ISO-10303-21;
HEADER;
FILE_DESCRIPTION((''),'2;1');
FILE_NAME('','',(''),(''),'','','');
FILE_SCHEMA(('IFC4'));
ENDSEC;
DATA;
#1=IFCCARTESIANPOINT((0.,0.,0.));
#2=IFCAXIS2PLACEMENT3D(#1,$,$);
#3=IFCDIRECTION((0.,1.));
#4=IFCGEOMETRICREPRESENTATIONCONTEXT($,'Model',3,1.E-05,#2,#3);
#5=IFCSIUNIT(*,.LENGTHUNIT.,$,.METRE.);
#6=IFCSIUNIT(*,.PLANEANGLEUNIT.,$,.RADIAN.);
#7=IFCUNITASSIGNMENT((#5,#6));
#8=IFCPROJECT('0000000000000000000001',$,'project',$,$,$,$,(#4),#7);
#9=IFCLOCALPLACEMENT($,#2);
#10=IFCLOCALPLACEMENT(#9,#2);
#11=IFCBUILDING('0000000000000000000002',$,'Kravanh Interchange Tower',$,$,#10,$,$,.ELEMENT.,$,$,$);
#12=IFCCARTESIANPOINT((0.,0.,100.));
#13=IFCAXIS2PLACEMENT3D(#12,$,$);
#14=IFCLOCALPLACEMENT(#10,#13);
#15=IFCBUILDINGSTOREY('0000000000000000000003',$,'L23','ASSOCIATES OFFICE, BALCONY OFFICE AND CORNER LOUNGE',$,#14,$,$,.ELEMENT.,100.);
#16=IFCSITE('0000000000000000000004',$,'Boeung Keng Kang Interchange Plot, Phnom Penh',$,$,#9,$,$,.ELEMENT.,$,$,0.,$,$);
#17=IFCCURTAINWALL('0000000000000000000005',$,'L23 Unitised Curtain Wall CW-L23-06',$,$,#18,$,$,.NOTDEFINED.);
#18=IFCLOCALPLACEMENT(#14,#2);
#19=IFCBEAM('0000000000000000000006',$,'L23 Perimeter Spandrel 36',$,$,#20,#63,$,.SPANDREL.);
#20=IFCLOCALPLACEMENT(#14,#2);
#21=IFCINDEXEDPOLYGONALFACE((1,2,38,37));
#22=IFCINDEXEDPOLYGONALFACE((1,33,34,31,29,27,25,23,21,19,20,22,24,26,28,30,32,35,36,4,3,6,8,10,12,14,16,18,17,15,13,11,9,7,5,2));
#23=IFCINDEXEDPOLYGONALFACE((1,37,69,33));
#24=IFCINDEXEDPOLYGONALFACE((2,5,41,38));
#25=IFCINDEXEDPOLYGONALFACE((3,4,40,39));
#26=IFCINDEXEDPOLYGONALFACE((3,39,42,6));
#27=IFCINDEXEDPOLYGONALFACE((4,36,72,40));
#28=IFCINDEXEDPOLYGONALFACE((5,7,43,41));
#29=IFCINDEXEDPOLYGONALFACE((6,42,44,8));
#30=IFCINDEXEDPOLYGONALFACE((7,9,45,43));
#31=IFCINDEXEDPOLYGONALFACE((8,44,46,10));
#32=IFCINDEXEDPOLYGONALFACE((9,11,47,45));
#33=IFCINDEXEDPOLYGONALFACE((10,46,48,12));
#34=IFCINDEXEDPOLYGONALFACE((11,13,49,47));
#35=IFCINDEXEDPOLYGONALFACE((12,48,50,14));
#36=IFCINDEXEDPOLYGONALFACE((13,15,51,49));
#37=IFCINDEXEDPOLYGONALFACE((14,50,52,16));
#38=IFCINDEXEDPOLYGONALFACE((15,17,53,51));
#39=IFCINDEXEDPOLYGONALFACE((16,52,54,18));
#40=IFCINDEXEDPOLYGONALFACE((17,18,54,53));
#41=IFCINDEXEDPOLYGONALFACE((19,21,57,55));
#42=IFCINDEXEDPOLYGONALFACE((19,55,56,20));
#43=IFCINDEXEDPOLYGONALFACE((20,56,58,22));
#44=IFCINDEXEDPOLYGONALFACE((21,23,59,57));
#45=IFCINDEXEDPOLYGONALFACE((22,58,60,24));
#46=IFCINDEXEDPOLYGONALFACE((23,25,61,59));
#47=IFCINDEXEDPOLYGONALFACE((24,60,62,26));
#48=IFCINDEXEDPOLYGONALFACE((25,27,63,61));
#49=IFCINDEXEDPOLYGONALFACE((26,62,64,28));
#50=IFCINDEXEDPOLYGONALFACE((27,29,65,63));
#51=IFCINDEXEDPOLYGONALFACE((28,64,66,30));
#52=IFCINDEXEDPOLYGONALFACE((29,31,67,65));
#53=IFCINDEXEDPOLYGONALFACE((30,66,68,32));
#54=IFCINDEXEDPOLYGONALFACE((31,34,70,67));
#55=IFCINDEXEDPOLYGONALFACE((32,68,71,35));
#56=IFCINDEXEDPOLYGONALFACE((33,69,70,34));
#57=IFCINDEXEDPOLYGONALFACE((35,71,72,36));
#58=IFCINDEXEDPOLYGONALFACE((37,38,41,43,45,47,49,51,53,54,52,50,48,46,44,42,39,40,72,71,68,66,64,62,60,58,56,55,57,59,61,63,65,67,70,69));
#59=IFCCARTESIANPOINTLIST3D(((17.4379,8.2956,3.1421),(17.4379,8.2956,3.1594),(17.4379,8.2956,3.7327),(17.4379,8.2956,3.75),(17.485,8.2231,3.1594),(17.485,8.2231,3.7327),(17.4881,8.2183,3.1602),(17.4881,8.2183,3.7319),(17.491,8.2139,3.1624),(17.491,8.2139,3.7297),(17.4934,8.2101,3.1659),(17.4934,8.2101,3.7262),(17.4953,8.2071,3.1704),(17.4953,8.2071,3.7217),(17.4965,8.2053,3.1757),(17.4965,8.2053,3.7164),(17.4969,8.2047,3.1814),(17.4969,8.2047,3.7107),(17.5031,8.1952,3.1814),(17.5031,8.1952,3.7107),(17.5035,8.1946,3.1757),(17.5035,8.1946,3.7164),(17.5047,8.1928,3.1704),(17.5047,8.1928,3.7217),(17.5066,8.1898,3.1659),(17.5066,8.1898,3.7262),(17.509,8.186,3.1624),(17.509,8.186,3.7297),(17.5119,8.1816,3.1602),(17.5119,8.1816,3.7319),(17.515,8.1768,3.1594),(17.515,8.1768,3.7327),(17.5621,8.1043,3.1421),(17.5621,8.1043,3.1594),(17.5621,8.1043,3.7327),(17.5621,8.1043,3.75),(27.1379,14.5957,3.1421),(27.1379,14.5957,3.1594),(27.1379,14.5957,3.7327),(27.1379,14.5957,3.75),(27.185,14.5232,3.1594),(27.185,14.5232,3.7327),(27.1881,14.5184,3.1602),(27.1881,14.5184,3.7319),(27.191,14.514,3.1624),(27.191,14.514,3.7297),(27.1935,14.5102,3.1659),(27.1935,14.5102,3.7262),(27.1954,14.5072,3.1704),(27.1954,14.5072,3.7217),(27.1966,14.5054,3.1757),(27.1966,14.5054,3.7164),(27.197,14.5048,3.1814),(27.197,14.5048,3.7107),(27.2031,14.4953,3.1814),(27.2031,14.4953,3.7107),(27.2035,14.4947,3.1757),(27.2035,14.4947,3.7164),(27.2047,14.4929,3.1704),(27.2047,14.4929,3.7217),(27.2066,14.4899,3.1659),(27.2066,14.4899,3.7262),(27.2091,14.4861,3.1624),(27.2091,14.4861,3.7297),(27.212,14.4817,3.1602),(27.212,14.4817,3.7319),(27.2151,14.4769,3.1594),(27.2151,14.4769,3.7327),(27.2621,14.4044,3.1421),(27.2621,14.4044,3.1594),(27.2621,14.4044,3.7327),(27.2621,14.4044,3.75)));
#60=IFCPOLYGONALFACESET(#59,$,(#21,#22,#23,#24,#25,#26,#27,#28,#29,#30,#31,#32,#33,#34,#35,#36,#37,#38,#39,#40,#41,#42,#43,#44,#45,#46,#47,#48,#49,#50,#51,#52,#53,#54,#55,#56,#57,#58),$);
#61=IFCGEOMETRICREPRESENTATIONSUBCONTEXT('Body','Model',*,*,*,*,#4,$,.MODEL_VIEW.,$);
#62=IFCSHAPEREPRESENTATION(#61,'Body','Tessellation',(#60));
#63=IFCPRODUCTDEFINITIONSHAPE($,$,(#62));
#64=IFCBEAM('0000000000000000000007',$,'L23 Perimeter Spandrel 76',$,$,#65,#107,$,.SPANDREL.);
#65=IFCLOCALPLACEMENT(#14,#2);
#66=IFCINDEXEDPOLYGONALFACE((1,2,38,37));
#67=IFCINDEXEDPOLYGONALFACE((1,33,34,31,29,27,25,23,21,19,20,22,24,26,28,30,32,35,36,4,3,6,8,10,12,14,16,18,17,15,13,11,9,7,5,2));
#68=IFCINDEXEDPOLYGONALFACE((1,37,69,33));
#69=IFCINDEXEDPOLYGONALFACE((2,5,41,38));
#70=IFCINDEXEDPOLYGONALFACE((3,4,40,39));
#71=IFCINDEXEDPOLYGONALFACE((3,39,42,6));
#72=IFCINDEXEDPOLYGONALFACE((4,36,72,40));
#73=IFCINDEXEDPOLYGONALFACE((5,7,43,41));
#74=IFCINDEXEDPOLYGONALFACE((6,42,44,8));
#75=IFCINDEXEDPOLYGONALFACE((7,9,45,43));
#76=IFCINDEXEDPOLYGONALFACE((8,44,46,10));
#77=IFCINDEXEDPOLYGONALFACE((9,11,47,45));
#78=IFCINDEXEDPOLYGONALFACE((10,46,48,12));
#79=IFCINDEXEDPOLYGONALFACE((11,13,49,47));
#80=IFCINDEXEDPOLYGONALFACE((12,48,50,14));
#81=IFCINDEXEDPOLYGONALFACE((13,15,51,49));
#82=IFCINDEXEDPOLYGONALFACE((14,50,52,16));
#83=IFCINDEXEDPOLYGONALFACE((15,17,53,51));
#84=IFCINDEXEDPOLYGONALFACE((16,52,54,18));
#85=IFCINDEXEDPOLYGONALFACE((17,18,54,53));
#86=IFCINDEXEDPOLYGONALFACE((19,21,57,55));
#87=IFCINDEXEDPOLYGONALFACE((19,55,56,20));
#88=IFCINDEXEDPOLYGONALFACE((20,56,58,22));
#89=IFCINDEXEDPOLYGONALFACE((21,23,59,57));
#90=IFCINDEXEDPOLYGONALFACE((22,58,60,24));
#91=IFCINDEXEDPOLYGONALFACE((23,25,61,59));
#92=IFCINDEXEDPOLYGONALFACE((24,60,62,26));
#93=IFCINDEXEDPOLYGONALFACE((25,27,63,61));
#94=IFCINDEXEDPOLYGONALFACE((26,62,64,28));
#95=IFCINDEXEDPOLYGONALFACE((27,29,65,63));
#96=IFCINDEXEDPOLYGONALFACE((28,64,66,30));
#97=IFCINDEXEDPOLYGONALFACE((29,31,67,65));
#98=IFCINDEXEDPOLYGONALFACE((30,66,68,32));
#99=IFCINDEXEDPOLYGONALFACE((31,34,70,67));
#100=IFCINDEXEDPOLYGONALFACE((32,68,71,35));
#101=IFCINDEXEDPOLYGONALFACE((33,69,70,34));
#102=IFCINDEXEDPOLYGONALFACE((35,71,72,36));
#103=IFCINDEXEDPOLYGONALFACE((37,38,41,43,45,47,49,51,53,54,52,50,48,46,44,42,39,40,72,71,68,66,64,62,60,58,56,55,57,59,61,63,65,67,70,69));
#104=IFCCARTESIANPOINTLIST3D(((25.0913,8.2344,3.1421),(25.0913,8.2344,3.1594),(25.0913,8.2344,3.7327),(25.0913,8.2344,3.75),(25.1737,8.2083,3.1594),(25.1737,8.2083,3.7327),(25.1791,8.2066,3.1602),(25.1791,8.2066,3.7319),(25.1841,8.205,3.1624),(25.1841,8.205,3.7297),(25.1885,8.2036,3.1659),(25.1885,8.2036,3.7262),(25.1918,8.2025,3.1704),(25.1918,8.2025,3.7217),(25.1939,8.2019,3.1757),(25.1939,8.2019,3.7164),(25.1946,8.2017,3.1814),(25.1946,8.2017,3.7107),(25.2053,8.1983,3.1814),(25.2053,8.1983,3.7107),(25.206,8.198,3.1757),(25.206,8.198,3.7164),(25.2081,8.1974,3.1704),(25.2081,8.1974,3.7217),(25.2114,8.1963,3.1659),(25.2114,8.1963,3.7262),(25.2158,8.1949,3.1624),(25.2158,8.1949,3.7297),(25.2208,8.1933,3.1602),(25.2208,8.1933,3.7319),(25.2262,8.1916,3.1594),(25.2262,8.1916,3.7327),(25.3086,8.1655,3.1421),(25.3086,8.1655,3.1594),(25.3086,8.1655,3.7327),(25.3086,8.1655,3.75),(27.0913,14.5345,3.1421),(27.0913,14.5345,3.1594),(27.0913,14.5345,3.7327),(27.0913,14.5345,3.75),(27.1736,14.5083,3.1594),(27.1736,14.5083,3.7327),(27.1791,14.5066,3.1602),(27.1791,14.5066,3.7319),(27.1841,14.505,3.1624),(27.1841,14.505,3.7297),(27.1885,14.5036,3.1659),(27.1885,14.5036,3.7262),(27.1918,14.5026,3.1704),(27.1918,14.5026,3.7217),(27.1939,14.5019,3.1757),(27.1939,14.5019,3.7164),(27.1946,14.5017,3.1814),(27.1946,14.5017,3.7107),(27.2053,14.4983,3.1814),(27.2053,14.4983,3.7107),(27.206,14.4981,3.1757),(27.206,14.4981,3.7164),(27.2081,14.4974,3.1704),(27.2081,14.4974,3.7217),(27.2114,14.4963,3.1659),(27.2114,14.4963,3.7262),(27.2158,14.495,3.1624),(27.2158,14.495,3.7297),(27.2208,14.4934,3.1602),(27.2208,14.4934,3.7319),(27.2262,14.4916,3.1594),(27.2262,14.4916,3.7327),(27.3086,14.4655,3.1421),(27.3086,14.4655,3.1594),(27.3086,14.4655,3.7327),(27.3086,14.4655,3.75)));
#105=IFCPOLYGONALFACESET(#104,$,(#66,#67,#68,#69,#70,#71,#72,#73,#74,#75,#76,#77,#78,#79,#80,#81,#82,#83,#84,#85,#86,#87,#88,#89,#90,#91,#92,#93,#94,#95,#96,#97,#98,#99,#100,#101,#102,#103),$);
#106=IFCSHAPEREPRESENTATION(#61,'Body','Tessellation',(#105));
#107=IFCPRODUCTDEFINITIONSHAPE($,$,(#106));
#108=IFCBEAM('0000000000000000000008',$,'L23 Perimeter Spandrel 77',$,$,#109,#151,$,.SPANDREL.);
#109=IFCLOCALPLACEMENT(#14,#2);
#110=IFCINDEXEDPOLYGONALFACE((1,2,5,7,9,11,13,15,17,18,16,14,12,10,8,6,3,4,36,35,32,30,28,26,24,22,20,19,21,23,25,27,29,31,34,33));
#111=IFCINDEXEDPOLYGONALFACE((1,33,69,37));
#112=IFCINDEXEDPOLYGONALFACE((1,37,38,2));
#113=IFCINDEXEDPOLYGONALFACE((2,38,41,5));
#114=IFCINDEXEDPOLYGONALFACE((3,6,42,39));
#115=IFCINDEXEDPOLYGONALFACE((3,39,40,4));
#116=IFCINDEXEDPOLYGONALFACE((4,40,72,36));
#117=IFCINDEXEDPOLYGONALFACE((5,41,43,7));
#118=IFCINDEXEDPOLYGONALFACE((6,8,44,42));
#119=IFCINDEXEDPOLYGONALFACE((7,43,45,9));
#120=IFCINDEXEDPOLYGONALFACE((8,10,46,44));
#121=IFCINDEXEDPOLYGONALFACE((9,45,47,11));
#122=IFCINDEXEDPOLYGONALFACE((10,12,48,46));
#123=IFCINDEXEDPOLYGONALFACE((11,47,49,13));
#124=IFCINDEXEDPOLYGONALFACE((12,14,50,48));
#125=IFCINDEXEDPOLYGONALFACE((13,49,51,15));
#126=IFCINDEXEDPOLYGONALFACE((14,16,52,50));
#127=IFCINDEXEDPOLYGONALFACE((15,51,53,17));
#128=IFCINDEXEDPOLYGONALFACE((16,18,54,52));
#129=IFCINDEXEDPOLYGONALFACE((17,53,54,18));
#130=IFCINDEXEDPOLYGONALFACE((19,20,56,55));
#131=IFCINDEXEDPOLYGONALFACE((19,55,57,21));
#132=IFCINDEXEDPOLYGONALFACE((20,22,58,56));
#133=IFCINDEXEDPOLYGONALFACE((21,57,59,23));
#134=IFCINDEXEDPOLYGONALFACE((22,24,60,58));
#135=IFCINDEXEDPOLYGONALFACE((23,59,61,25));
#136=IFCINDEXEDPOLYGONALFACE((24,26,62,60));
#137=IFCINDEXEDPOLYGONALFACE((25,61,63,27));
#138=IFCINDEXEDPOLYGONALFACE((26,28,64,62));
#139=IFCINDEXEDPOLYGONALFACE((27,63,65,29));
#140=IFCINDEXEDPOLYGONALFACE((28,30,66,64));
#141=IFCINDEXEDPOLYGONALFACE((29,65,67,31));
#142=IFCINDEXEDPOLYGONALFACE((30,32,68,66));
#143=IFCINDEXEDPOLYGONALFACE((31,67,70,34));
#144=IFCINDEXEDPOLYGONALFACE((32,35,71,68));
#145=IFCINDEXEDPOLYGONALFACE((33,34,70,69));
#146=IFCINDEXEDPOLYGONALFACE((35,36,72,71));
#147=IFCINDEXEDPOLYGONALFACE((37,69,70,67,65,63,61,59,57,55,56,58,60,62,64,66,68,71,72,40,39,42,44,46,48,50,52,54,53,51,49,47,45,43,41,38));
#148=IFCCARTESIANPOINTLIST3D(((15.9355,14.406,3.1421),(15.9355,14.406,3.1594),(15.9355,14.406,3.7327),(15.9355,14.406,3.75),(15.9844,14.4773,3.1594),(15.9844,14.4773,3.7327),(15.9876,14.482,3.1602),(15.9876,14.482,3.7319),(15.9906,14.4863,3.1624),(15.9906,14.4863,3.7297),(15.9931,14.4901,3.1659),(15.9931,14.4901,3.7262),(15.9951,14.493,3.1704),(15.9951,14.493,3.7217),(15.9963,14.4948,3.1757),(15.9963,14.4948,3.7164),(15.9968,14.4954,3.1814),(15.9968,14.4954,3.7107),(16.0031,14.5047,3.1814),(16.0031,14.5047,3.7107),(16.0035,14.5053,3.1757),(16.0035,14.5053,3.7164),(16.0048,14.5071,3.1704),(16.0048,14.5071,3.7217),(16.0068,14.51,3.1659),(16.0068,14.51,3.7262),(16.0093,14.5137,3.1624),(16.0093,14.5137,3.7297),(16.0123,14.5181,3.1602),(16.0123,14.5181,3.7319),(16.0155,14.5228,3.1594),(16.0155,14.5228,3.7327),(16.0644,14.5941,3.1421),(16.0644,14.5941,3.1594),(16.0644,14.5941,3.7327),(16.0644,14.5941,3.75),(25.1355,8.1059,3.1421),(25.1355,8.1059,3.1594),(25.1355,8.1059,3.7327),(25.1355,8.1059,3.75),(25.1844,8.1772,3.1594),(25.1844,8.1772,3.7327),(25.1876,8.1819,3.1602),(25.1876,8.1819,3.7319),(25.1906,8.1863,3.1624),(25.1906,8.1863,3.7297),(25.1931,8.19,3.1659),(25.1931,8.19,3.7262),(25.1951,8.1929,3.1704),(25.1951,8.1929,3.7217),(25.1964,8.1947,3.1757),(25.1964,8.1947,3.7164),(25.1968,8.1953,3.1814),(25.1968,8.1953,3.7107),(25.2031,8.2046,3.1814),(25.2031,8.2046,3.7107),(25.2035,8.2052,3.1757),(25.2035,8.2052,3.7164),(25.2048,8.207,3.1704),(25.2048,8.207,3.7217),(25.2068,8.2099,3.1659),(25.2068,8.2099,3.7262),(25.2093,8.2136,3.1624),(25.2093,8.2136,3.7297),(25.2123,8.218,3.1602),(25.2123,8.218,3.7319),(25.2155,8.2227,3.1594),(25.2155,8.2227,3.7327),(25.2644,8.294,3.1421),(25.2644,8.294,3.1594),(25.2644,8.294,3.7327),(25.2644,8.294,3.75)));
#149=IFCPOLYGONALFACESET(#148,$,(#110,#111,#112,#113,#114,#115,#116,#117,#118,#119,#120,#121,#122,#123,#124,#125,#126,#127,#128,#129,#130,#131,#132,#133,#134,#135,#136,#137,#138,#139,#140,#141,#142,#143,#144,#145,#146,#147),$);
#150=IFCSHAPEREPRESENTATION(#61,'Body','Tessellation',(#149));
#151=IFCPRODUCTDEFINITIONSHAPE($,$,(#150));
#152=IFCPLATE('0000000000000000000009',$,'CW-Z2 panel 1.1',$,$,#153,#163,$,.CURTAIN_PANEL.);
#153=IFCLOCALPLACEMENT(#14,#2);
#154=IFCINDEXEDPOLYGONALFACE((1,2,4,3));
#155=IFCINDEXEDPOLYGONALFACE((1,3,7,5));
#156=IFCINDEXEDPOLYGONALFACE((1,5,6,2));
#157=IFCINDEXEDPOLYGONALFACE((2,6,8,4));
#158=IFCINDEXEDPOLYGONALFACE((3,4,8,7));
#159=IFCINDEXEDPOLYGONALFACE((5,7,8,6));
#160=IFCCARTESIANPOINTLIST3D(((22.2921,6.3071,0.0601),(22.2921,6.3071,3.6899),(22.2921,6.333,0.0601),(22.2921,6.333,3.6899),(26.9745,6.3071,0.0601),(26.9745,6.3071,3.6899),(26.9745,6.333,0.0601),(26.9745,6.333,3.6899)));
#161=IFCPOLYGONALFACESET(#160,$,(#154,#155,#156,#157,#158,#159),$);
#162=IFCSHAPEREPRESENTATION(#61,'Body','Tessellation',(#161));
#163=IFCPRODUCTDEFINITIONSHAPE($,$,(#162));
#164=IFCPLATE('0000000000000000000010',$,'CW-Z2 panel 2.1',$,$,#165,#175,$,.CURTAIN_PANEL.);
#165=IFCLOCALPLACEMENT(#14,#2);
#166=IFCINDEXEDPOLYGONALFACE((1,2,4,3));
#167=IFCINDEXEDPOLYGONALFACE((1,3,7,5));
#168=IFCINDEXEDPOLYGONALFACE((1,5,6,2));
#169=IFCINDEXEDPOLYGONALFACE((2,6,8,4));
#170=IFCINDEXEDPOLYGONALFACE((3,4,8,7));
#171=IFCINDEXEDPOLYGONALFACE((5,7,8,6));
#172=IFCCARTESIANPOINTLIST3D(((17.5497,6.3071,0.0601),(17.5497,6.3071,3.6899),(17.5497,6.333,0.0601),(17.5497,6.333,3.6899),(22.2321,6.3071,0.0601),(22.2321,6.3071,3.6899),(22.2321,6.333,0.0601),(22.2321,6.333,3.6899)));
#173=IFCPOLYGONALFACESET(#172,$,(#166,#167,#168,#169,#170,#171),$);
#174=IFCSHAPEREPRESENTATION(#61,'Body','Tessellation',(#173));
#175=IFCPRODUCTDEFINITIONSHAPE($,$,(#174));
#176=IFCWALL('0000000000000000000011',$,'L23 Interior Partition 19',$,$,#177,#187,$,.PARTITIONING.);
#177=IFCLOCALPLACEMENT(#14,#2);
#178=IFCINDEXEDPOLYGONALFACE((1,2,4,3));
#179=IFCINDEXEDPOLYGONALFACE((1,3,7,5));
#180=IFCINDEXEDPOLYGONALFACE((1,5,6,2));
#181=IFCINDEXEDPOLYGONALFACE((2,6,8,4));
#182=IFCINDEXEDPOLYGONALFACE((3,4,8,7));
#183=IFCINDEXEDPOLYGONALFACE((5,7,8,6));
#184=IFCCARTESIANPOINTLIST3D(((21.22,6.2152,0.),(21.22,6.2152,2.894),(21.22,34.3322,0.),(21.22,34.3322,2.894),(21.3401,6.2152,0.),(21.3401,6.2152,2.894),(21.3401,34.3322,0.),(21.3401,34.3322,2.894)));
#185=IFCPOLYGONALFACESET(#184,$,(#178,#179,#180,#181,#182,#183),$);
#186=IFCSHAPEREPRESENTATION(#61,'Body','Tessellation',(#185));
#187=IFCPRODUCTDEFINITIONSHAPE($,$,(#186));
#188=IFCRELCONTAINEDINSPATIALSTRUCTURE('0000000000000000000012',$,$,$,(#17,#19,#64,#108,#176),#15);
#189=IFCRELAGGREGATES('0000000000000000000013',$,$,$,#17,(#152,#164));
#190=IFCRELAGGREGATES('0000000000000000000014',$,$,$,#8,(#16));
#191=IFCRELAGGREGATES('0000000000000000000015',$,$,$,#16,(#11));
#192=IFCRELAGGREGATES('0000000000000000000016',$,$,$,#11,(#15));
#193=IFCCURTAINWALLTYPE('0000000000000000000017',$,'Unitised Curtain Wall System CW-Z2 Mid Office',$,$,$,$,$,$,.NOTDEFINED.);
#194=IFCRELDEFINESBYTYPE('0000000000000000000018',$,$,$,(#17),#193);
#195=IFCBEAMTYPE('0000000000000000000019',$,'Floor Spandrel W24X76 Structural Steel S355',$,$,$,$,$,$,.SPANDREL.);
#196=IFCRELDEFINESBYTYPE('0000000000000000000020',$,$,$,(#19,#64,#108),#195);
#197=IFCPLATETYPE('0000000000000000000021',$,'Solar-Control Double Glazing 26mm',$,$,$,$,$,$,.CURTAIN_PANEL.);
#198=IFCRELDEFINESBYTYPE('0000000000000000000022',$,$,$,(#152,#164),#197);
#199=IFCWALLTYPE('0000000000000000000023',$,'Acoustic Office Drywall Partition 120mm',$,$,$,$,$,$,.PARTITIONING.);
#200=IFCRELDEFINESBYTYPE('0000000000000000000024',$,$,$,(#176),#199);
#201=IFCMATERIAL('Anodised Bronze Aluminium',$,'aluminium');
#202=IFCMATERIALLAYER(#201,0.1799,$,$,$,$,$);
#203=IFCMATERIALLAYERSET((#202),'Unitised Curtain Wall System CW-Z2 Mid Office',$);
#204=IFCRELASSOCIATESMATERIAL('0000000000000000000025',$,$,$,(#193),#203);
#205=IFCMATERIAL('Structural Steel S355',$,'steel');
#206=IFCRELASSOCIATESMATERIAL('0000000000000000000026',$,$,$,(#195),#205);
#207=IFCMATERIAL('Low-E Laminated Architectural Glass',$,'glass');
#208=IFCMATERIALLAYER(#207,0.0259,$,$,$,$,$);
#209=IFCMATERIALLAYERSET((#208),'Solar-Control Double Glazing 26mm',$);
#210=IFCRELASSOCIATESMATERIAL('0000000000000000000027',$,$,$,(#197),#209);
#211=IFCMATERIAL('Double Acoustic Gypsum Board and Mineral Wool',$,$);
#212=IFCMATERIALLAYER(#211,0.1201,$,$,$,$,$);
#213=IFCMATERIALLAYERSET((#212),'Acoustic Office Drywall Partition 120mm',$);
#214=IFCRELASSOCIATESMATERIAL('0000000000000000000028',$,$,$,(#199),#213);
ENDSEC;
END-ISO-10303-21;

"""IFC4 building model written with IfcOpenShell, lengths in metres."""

from ifc_helpers import new_model, si_unit, direction, frame, frame_2d, origin, origin_2d, place, context, subcontext, project, spatial, rectangle, i_section, extrude, material, layer, layer_set, material_profile, profile_set, type_object, element, aggregate, save


model = new_model("IFC4")

# Units and contexts
model_context = context("Model", 3, precision=1e-05, world=origin(), true_north=direction((0.0, 1.0)))
body_context = subcontext(model_context, "Body", "Model", "MODEL_VIEW")
ifc_project = project(units=[si_unit("LENGTHUNIT", "METRE"), si_unit("PLANEANGLEUNIT", "RADIAN")], contexts=[model_context])

# Site, building, storey
site_placement = place(None, origin())
site = spatial("IfcSite", under=ifc_project, at=site_placement, Name="Boeung Keng Kang Interchange Plot, Phnom Penh", CompositionType="ELEMENT", RefElevation=0.0)
building_placement = place(site_placement, origin())
building = spatial("IfcBuilding", under=site, at=building_placement, Name="Kravanh Interchange Tower", CompositionType="ELEMENT")
storey_placement = place(building_placement, frame((0.0, 0.0, 100.0)))
storey = spatial("IfcBuildingStorey", under=building, at=storey_placement, Name="L23", Description="ASSOCIATES OFFICE, BALCONY OFFICE AND CORNER LOUNGE", CompositionType="ELEMENT", Elevation=100.0)

# Curtain wall
ifc_material_1 = material(Name="Anodised Bronze Aluminium", Category="aluminium")
ifc_layer_1 = layer(ifc_material_1, 0.1799)
ifc_layer_set_1 = layer_set([ifc_layer_1], Name="Unitised Curtain Wall System CW-Z2 Mid Office")
curtain_wall_type = type_object("IfcCurtainWallType", Name="Unitised Curtain Wall System CW-Z2 Mid Office", PredefinedType="NOTDEFINED", material=ifc_layer_set_1)
curtain_wall_1_placement = place(storey_placement, origin())
curtain_wall_1 = element("IfcCurtainWall", 1, at=curtain_wall_1_placement, inside=storey, type_object=curtain_wall_type, Name="L23 Unitised Curtain Wall CW-L23-06", PredefinedType="NOTDEFINED")

# Beams
ifc_material_2 = material(Name="Structural Steel S355", Category="steel")
ifc_material_profile_1 = material_profile(ifc_material_2, i_section(OverallWidth=0.228, OverallDepth=0.6079, WebThickness=0.0112, FlangeThickness=0.0173, FilletRadius=0.022, at=origin_2d()), Name="W24X76")
ifc_profile_set_1 = profile_set([ifc_material_profile_1], Name="Structural Steel S355")
beam_type_1 = type_object("IfcBeamType", Name="Floor Spandrel W24X76 Structural Steel S355", PredefinedType="SPANDREL", material=ifc_profile_set_1)
beam_1_placement = place(storey_placement, frame((17.5, 8.2, 3.446), z_axis=(0.838638, 0.544689, 0.0), x_axis=(-0.544689, 0.838638, 0.0)))
element("IfcBeam", 2, at=beam_1_placement, inside=storey, type_object=beam_type_1, Name="L23 Perimeter Spandrel 36", PredefinedType="SPANDREL", context=body_context, shape_type="SweptSolid", body=[
    extrude(i_section(OverallWidth=0.228, OverallDepth=0.6079, WebThickness=0.0112, FlangeThickness=0.0173, FilletRadius=0.022, at=origin_2d()), origin(), (0.0, 0.0, 1.0), 11.5664),
])
beam_2_placement = place(storey_placement, frame((25.2, 8.2, 3.446), z_axis=(0.302577, 0.953125, 0.0), x_axis=(-0.953125, 0.302577, 0.0)))
element("IfcBeam", 3, at=beam_2_placement, inside=storey, type_object=beam_type_1, Name="L23 Perimeter Spandrel 76", PredefinedType="SPANDREL", context=body_context, shape_type="SweptSolid", body=[
    extrude(i_section(OverallWidth=0.228, OverallDepth=0.6079, WebThickness=0.0112, FlangeThickness=0.0173, FilletRadius=0.022, at=origin_2d()), origin(), (0.0, 0.0, 1.0), 6.6099),
])
beam_3_placement = place(storey_placement, frame((25.2, 8.2, 3.446), z_axis=(-0.825084, 0.56501, 0.0), x_axis=(-0.56501, -0.825084, 0.0)))
element("IfcBeam", 4, at=beam_3_placement, inside=storey, type_object=beam_type_1, Name="L23 Perimeter Spandrel 77", PredefinedType="SPANDREL", context=body_context, shape_type="SweptSolid", body=[
    extrude(i_section(OverallWidth=0.228, OverallDepth=0.6079, WebThickness=0.0112, FlangeThickness=0.0173, FilletRadius=0.022, at=origin_2d()), origin(), (0.0, 0.0, 1.0), 11.1504),
])

# Plates
ifc_material_3 = material(Name="Low-E Laminated Architectural Glass", Category="glass")
ifc_layer_2 = layer(ifc_material_3, 0.0259)
ifc_layer_set_2 = layer_set([ifc_layer_2], Name="Solar-Control Double Glazing 26mm")
plate_type = type_object("IfcPlateType", Name="Solar-Control Double Glazing 26mm", PredefinedType="CURTAIN_PANEL", material=ifc_layer_set_2)
plate_1_placement = place(storey_placement, frame((24.6333, 6.3201, 0.0601), z_axis=(0.0, 0.0, 1.0), x_axis=(-1.0, 0.0, 0.0)))
plate_1 = element("IfcPlate", 5, at=plate_1_placement, type_object=plate_type, Name="CW-Z2 panel 1.1", PredefinedType="CURTAIN_PANEL", context=body_context, shape_type="SweptSolid", body=[
    extrude(rectangle(XDim=4.6824, YDim=0.0259, at=origin_2d()), origin(), (0.0, 0.0, 1.0), 3.6299),
])
plate_2_placement = place(storey_placement, frame((19.8909, 6.3201, 0.0601), z_axis=(0.0, 0.0, 1.0), x_axis=(-1.0, 0.0, 0.0)))
plate_2 = element("IfcPlate", 6, at=plate_2_placement, type_object=plate_type, Name="CW-Z2 panel 2.1", PredefinedType="CURTAIN_PANEL", context=body_context, shape_type="SweptSolid", body=[
    extrude(rectangle(XDim=4.6824, YDim=0.0259, at=origin_2d()), origin(), (0.0, 0.0, 1.0), 3.6299),
])
aggregate(curtain_wall_1, [plate_1, plate_2])

# Wall
ifc_material_4 = material(Name="Double Acoustic Gypsum Board and Mineral Wool")
ifc_layer_3 = layer(ifc_material_4, 0.1201)
ifc_layer_set_3 = layer_set([ifc_layer_3], Name="Acoustic Office Drywall Partition 120mm")
wall_type = type_object("IfcWallType", Name="Acoustic Office Drywall Partition 120mm", PredefinedType="PARTITIONING", material=ifc_layer_set_3)
wall_placement = place(storey_placement, frame((21.28, 6.2151, 0.0), z_axis=(0.0, 0.0, 1.0), x_axis=(0.0, 1.0, 0.0)))
element("IfcWall", 7, at=wall_placement, inside=storey, type_object=wall_type, Name="L23 Interior Partition 19", PredefinedType="PARTITIONING", context=body_context, shape_type="SweptSolid", body=[
    extrude(rectangle(XDim=28.1169, YDim=0.1201, at=frame_2d((14.0586, 0.0))), origin(), (0.0, 0.0, 1.0), 2.894),
])

save(model, "model.ifc")
